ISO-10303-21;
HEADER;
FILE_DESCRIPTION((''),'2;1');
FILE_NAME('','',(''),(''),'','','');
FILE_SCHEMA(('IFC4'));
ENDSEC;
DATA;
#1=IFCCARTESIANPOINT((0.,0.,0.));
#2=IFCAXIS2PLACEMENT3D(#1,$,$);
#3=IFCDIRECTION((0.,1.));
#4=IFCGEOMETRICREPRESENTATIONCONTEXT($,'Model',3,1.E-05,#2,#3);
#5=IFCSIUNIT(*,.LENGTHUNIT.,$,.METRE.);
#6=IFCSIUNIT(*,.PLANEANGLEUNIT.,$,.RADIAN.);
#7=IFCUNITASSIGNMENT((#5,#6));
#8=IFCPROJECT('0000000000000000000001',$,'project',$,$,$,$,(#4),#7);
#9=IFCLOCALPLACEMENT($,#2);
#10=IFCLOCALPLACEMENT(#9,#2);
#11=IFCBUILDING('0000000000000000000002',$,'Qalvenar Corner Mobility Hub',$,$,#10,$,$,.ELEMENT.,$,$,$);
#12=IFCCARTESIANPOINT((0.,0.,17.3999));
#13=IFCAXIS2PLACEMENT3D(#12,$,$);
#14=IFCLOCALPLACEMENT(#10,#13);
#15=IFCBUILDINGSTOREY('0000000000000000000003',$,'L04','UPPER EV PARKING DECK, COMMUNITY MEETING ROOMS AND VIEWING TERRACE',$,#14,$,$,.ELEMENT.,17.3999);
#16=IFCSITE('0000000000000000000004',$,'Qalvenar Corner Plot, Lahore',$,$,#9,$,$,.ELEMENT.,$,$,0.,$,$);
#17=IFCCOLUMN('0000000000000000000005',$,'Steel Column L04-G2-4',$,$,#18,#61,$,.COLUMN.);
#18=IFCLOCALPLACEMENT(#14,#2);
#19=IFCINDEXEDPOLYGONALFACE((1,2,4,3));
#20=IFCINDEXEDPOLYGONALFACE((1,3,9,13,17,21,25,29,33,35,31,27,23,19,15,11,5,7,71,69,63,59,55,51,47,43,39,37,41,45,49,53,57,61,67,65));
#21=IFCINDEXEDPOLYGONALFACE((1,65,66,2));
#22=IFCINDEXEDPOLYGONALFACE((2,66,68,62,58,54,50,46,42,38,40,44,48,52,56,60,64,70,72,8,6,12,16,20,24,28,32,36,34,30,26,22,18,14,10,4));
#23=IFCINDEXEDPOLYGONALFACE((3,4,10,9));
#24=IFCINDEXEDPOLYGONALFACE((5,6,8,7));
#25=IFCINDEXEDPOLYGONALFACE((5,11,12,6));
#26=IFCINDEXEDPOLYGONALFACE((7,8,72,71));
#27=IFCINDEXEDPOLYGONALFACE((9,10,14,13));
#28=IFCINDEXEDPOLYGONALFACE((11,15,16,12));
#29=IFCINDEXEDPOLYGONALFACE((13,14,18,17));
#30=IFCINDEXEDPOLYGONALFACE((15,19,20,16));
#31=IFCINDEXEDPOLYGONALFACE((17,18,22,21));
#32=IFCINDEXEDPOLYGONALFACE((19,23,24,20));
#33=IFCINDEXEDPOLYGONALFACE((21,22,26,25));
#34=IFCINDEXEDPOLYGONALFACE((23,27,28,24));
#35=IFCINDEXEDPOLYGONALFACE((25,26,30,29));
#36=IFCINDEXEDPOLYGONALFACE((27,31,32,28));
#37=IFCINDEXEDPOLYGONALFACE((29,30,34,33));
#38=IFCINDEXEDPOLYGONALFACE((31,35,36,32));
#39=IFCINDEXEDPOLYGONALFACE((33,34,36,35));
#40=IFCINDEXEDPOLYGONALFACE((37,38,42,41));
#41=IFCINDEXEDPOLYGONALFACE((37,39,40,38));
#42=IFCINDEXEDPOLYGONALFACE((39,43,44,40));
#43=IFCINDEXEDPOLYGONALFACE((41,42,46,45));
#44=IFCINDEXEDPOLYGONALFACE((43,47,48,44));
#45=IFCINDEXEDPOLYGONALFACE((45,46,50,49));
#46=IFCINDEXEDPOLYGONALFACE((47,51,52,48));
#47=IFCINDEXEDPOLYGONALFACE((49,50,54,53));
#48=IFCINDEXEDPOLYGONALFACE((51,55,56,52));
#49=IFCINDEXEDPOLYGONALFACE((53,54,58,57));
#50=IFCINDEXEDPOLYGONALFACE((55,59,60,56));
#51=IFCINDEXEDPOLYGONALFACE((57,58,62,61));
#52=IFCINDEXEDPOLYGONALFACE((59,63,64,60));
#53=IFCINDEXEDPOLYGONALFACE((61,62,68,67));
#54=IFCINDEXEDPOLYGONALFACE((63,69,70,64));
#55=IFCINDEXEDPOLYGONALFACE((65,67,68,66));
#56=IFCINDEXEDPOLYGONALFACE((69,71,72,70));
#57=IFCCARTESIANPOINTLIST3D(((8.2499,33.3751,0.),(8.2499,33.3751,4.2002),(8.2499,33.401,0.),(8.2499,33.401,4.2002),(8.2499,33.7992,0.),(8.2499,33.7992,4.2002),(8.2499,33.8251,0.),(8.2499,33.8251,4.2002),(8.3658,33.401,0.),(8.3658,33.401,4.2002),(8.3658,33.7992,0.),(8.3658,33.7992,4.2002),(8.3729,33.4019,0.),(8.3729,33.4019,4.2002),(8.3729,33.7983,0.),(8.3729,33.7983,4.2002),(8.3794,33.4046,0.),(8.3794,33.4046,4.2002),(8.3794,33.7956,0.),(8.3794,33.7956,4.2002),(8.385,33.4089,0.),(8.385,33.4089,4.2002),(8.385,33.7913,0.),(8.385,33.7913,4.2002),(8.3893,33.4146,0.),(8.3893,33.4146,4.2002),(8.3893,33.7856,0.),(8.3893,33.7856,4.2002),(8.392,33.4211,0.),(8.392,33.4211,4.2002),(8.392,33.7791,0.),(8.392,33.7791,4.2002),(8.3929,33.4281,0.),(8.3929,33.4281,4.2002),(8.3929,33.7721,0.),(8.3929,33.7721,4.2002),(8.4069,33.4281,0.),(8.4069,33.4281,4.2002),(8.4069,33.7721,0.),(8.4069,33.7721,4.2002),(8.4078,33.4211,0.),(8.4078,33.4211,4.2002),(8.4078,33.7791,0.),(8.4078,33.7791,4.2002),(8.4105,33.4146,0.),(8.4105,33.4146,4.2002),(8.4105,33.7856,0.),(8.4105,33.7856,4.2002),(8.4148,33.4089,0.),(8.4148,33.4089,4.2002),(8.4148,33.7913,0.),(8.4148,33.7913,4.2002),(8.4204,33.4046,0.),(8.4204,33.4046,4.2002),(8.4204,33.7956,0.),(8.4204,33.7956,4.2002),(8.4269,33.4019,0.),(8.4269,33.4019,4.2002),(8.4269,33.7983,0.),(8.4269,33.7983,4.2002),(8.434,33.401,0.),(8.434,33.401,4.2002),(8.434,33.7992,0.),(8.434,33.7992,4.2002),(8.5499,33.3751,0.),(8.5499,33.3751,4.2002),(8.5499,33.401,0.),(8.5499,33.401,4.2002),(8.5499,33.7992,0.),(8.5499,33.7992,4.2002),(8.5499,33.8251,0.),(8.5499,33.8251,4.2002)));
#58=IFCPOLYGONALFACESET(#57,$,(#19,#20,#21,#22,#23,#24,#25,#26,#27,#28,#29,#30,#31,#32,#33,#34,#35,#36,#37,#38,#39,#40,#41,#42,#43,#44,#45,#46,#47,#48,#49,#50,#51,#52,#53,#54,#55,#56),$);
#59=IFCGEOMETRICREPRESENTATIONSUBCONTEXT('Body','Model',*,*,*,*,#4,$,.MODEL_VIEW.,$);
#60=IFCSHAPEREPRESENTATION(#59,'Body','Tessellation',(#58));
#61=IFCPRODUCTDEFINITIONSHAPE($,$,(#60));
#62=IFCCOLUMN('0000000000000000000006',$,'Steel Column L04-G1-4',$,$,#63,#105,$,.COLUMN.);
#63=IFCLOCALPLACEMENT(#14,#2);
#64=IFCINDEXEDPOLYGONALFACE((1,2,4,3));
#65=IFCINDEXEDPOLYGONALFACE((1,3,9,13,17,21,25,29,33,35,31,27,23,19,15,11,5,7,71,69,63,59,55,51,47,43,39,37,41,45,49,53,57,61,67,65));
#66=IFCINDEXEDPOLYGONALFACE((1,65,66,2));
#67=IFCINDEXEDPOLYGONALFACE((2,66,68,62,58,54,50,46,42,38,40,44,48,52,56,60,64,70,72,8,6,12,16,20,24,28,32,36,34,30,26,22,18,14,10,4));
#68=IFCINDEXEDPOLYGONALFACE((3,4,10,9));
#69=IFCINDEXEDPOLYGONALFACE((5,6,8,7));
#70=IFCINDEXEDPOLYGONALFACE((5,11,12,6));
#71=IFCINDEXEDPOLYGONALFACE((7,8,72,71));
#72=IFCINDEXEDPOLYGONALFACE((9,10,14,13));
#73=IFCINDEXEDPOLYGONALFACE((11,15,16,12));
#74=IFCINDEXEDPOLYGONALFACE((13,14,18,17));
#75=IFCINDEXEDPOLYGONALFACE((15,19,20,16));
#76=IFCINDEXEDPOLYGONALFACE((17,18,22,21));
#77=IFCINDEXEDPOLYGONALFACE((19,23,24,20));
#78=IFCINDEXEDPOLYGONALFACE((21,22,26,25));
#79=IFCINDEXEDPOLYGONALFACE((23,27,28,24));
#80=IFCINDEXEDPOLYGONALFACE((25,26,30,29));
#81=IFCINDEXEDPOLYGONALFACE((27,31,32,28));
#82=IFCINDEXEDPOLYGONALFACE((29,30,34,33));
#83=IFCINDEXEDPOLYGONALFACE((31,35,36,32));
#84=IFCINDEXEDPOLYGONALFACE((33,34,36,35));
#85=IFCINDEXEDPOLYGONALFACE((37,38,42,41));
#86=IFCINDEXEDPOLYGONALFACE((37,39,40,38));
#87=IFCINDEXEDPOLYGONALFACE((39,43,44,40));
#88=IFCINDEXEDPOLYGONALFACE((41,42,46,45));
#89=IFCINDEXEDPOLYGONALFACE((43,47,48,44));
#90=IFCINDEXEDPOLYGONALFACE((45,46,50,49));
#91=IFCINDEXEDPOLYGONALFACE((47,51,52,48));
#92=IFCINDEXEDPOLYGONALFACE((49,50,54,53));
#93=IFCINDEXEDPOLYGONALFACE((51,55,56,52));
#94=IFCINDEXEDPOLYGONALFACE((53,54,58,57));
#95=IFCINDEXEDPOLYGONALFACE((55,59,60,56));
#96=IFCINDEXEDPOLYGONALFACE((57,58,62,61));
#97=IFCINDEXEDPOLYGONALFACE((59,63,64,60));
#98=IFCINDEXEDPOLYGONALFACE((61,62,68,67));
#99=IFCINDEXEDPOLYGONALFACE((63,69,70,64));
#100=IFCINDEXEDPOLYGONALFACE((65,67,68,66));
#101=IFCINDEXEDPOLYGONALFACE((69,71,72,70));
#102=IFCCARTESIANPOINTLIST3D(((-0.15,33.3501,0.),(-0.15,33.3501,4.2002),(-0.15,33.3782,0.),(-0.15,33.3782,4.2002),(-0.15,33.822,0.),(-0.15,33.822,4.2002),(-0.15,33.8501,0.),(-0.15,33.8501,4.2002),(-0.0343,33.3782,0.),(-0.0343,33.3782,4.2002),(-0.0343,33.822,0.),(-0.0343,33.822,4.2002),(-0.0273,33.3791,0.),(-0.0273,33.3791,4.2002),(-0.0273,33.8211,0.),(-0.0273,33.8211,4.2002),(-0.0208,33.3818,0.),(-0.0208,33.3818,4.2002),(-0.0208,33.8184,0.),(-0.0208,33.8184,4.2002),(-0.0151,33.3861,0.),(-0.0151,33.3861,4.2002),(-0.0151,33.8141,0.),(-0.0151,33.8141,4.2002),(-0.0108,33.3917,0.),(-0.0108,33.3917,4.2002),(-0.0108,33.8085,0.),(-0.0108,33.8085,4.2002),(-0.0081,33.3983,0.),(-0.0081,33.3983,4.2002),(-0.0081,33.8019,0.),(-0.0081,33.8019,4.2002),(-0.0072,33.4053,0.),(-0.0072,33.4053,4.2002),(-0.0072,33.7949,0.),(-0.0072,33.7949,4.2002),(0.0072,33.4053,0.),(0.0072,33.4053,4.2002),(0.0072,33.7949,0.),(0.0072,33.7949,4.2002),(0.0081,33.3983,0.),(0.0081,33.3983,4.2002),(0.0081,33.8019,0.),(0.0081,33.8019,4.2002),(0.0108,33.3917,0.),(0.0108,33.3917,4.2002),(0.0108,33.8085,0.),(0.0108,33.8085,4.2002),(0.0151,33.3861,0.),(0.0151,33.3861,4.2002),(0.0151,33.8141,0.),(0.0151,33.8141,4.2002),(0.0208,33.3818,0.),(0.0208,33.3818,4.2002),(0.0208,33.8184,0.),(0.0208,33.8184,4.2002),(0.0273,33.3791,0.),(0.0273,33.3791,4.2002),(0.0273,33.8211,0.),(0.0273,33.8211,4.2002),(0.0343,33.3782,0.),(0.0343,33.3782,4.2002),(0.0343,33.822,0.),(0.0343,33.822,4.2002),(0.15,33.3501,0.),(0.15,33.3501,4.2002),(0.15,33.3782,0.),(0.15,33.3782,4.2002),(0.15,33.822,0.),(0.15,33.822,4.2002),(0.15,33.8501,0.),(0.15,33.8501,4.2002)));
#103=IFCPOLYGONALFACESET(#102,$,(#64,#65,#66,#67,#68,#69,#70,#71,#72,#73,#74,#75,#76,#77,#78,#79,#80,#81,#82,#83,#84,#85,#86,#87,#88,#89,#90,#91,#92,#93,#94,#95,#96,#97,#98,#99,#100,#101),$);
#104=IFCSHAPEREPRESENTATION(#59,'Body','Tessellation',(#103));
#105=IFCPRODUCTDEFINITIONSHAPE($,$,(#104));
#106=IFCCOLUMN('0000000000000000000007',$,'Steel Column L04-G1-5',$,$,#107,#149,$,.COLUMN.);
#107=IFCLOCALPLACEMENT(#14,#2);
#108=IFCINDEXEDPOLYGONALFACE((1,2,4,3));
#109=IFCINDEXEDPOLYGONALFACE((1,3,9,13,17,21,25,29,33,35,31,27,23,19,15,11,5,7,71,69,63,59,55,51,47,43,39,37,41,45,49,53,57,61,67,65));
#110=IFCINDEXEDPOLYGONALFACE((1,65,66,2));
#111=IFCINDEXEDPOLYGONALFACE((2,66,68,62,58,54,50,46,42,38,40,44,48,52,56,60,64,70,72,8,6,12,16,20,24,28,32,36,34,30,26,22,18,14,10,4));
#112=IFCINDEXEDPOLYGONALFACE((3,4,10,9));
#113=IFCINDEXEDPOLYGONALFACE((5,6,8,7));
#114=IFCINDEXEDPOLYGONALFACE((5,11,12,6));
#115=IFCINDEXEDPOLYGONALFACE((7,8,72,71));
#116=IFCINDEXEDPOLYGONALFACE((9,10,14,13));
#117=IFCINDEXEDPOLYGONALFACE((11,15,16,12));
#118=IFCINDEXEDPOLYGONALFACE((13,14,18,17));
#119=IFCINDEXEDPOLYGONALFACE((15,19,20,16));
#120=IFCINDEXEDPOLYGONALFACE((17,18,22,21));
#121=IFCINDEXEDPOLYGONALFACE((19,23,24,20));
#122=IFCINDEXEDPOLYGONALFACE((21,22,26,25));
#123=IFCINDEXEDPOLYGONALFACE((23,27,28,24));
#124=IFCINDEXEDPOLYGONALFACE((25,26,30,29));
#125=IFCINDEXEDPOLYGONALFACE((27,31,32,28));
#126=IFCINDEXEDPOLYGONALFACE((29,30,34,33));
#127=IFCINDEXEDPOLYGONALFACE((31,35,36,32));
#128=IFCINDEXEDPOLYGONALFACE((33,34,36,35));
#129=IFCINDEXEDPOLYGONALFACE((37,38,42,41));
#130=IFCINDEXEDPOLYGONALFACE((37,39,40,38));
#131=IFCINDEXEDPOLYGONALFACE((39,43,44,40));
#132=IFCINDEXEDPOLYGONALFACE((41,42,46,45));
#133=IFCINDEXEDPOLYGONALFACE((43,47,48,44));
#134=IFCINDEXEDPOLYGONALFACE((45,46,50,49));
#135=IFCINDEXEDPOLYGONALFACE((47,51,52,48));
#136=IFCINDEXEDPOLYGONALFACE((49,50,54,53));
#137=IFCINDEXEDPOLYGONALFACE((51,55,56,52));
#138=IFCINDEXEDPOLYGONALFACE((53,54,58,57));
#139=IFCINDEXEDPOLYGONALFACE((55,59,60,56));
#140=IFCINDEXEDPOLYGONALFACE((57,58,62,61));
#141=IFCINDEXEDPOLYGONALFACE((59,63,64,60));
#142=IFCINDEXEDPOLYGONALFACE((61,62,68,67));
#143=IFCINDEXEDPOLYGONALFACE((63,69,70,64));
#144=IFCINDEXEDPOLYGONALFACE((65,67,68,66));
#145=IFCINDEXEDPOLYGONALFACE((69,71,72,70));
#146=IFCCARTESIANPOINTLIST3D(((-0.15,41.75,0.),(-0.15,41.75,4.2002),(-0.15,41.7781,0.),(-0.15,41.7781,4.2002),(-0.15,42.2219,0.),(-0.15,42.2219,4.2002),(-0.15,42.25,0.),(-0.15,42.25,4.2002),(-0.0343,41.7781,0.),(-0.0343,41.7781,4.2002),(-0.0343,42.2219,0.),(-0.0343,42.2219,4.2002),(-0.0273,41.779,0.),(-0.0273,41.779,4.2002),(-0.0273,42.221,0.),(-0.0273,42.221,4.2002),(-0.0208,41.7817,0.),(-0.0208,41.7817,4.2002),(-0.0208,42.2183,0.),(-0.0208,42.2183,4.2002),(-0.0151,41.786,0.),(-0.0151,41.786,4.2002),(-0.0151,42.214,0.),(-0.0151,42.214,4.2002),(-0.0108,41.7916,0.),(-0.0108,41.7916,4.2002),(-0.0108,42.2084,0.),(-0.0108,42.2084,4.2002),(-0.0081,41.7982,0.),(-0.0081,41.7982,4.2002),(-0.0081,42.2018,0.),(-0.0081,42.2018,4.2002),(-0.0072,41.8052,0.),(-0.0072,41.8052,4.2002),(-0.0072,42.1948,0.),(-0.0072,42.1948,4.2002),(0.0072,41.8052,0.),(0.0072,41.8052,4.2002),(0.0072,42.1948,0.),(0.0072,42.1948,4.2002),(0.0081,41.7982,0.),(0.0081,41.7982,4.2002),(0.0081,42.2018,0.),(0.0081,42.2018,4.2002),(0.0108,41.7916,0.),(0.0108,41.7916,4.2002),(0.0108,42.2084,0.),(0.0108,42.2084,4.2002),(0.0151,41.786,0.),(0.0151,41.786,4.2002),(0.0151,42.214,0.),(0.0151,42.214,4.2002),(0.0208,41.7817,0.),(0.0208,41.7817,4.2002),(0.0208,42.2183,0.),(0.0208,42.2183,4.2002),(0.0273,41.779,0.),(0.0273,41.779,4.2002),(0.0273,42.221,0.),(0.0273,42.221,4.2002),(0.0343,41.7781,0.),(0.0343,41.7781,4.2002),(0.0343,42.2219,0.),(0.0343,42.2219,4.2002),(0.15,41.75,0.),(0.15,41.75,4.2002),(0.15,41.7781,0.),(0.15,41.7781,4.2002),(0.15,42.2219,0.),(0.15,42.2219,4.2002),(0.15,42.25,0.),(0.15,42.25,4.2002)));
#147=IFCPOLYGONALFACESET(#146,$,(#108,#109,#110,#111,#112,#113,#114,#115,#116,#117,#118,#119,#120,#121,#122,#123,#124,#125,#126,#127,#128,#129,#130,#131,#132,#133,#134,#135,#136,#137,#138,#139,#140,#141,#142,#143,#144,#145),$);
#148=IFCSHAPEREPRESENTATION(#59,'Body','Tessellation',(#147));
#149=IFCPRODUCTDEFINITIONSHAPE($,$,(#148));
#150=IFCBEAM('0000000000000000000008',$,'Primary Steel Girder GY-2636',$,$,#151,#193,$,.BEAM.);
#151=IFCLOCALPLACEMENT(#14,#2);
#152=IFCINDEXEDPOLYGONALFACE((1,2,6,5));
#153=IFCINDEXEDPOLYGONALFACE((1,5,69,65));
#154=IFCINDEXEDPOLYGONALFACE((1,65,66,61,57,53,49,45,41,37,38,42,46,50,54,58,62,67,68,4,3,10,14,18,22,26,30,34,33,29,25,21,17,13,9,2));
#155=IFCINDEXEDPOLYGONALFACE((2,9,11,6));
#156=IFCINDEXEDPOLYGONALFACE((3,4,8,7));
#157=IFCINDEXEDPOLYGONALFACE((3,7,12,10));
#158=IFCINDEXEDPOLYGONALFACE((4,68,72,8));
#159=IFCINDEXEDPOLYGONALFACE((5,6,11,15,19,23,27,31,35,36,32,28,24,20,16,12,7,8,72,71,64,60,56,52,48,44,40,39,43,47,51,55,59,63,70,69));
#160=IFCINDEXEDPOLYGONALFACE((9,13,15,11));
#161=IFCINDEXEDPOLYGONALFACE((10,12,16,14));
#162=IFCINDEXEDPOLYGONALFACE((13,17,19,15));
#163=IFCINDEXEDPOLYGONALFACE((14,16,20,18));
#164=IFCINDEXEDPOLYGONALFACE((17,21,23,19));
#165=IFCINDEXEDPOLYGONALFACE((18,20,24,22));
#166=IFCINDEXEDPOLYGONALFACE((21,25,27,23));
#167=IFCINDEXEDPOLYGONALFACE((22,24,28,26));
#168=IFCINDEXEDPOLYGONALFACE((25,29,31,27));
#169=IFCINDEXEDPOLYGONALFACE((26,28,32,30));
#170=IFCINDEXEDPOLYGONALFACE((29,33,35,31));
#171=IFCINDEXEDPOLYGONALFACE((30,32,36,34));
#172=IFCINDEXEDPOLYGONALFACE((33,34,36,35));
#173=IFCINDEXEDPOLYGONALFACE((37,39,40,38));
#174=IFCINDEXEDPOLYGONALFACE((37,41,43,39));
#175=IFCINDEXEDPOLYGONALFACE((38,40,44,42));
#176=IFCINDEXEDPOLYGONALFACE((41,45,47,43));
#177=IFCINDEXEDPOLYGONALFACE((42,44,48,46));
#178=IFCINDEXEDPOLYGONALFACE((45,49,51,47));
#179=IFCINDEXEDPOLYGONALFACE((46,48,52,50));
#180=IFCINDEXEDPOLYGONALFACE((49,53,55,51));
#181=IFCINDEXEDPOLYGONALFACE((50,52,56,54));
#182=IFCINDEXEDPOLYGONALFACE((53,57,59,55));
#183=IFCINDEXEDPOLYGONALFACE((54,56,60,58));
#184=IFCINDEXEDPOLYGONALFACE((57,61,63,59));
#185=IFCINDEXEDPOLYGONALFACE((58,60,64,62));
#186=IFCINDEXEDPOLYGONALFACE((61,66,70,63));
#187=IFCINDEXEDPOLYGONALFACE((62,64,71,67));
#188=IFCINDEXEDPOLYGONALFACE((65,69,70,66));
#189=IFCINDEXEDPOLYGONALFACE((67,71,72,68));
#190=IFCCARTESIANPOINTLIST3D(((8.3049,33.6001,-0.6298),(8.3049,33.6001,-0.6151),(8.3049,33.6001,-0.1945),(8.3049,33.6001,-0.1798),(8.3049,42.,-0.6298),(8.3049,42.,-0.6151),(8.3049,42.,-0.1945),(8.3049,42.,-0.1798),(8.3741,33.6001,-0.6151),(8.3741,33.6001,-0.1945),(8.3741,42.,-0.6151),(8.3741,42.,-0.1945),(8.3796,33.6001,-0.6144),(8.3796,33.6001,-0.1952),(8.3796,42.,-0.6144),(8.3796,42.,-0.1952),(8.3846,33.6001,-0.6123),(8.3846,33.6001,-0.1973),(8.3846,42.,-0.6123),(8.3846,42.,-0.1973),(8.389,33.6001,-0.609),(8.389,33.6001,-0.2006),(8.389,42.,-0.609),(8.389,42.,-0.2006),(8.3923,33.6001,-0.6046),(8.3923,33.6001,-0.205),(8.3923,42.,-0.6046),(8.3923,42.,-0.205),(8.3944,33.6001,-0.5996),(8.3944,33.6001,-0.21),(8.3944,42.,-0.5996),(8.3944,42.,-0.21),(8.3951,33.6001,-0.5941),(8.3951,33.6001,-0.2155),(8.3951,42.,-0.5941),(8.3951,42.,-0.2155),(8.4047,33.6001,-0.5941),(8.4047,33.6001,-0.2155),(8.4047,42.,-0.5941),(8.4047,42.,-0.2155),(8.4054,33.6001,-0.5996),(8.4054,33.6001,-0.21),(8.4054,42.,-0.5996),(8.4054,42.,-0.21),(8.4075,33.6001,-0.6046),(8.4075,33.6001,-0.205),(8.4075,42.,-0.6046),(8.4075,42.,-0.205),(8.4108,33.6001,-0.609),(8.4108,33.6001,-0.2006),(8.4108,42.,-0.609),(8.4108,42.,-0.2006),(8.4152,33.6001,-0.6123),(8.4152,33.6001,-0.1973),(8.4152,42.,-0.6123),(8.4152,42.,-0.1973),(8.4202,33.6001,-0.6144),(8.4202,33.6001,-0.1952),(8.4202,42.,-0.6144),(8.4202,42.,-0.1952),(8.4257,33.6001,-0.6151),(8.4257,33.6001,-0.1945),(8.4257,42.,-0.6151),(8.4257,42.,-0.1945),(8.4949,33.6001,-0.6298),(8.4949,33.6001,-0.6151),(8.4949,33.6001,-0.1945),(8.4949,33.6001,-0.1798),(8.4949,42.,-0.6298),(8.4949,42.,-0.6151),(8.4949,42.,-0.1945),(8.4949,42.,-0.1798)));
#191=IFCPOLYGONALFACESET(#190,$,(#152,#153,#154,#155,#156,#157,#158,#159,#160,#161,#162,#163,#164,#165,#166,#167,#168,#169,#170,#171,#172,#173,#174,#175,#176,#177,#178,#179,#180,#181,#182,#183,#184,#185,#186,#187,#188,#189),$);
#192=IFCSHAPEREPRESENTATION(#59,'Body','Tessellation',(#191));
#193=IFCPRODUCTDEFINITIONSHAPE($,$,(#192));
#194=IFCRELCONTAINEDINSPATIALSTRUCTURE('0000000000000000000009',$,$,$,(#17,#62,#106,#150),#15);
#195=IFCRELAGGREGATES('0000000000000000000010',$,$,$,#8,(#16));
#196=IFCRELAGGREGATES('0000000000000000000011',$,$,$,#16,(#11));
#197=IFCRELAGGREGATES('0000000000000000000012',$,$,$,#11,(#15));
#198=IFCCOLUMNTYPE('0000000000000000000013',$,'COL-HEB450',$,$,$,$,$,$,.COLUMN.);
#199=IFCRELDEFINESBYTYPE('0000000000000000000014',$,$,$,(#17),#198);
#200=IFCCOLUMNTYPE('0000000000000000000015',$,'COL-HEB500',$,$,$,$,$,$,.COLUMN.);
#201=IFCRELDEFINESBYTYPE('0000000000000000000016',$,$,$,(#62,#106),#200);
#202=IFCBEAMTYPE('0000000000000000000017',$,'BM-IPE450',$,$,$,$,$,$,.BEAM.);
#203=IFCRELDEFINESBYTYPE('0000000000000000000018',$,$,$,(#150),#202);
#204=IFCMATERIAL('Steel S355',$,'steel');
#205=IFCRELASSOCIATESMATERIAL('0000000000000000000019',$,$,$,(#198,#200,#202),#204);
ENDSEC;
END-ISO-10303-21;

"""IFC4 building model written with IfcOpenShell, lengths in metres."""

from ifc_helpers import new_model, si_unit, direction, frame, origin, origin_2d, place, context, subcontext, project, spatial, i_section, extrude, material, material_profile, profile_set, type_object, element, save


model = new_model("IFC4")

# Units and contexts
model_context = context("Model", 3, precision=1e-05, world=origin(), true_north=direction((0.0, 1.0)))
body_context = subcontext(model_context, "Body", "Model", "MODEL_VIEW")
ifc_project = project(units=[si_unit("LENGTHUNIT", "METRE"), si_unit("PLANEANGLEUNIT", "RADIAN")], contexts=[model_context])

# Site, building, storey
site_placement = place(None, origin())
site = spatial("IfcSite", under=ifc_project, at=site_placement, Name="Qalvenar Corner Plot, Lahore", CompositionType="ELEMENT", RefElevation=0.0)
building_placement = place(site_placement, origin())
building = spatial("IfcBuilding", under=site, at=building_placement, Name="Qalvenar Corner Mobility Hub", CompositionType="ELEMENT")
storey_placement = place(building_placement, frame((0.0, 0.0, 17.3999)))
storey = spatial("IfcBuildingStorey", under=building, at=storey_placement, Name="L04", Description="UPPER EV PARKING DECK, COMMUNITY MEETING ROOMS AND VIEWING TERRACE", CompositionType="ELEMENT", Elevation=17.3999)

# Columns
ifc_material_1 = material(Name="Steel S355", Category="steel")
ifc_material_profile_1 = material_profile(ifc_material_1, i_section(OverallWidth=0.3, OverallDepth=0.45, WebThickness=0.0139, FlangeThickness=0.0259, FilletRadius=0.0271, at=origin_2d()), Name="HEB450")
ifc_profile_set_1 = profile_set([ifc_material_profile_1], Name="Steel S355")
column_type_1 = type_object("IfcColumnType", Name="COL-HEB450", PredefinedType="COLUMN", material=ifc_profile_set_1)
column_placement = place(storey_placement, frame((8.3999, 33.6001, 0.0), z_axis=(0.0, 0.0, 1.0), x_axis=(1.0, 0.0, 0.0)))
element("IfcColumn", 1, at=column_placement, inside=storey, type_object=column_type_1, Name="Steel Column L04-G2-4", PredefinedType="COLUMN", context=body_context, shape_type="SweptSolid", body=[
    extrude(i_section(OverallWidth=0.3, OverallDepth=0.45, WebThickness=0.0139, FlangeThickness=0.0259, FilletRadius=0.0271, at=origin_2d()), origin(), (0.0, 0.0, 1.0), 4.2002),
])
ifc_material_profile_2 = material_profile(ifc_material_1, i_section(OverallWidth=0.3, OverallDepth=0.5, WebThickness=0.0144, FlangeThickness=0.0281, FilletRadius=0.0271, at=origin_2d()), Name="HEB500")
ifc_profile_set_2 = profile_set([ifc_material_profile_2], Name="Steel S355")
column_type_2 = type_object("IfcColumnType", Name="COL-HEB500", PredefinedType="COLUMN", material=ifc_profile_set_2)
for number, where, z_axis, x_axis, name in (
    (2, (0.0, 33.6001, 0.0), (0.0, 0.0, 1.0), (1.0, 0.0, 0.0), "Steel Column L04-G1-4"),
    (3, (0.0, 42.0, 0.0), (0.0, 0.0, 1.0), (1.0, 0.0, 0.0), "Steel Column L04-G1-5"),
):
    element("IfcColumn", number, at=place(storey_placement, frame(where, z_axis=z_axis, x_axis=x_axis)), inside=storey, type_object=column_type_2, Name=name, PredefinedType="COLUMN", context=body_context, shape_type="SweptSolid", body=[
        extrude(i_section(OverallWidth=0.3, OverallDepth=0.5, WebThickness=0.0144, FlangeThickness=0.0281, FilletRadius=0.0271, at=origin_2d()), origin(), (0.0, 0.0, 1.0), 4.2002),
    ])

# Beam
ifc_material_profile_3 = material_profile(ifc_material_1, i_section(OverallWidth=0.1899, OverallDepth=0.45, WebThickness=0.0095, FlangeThickness=0.0146, FilletRadius=0.021, at=origin_2d()), Name="IPE450")
ifc_profile_set_3 = profile_set([ifc_material_profile_3], Name="Steel S355")
beam_type_1 = type_object("IfcBeamType", Name="BM-IPE450", PredefinedType="BEAM", material=ifc_profile_set_3)
beam_1_placement = place(storey_placement, frame((8.3999, 33.6001, -0.4048), z_axis=(0.0, 1.0, 0.0), x_axis=(-1.0, 0.0, 0.0)))
element("IfcBeam", 4, at=beam_1_placement, inside=storey, type_object=beam_type_1, Name="Primary Steel Girder GY-2636", PredefinedType="BEAM", context=body_context, shape_type="SweptSolid", body=[
    extrude(i_section(OverallWidth=0.1899, OverallDepth=0.45, WebThickness=0.0095, FlangeThickness=0.0146, FilletRadius=0.021, at=origin_2d()), origin(), (0.0, 0.0, 1.0), 8.3999),
])

save(model, "model.ifc")
